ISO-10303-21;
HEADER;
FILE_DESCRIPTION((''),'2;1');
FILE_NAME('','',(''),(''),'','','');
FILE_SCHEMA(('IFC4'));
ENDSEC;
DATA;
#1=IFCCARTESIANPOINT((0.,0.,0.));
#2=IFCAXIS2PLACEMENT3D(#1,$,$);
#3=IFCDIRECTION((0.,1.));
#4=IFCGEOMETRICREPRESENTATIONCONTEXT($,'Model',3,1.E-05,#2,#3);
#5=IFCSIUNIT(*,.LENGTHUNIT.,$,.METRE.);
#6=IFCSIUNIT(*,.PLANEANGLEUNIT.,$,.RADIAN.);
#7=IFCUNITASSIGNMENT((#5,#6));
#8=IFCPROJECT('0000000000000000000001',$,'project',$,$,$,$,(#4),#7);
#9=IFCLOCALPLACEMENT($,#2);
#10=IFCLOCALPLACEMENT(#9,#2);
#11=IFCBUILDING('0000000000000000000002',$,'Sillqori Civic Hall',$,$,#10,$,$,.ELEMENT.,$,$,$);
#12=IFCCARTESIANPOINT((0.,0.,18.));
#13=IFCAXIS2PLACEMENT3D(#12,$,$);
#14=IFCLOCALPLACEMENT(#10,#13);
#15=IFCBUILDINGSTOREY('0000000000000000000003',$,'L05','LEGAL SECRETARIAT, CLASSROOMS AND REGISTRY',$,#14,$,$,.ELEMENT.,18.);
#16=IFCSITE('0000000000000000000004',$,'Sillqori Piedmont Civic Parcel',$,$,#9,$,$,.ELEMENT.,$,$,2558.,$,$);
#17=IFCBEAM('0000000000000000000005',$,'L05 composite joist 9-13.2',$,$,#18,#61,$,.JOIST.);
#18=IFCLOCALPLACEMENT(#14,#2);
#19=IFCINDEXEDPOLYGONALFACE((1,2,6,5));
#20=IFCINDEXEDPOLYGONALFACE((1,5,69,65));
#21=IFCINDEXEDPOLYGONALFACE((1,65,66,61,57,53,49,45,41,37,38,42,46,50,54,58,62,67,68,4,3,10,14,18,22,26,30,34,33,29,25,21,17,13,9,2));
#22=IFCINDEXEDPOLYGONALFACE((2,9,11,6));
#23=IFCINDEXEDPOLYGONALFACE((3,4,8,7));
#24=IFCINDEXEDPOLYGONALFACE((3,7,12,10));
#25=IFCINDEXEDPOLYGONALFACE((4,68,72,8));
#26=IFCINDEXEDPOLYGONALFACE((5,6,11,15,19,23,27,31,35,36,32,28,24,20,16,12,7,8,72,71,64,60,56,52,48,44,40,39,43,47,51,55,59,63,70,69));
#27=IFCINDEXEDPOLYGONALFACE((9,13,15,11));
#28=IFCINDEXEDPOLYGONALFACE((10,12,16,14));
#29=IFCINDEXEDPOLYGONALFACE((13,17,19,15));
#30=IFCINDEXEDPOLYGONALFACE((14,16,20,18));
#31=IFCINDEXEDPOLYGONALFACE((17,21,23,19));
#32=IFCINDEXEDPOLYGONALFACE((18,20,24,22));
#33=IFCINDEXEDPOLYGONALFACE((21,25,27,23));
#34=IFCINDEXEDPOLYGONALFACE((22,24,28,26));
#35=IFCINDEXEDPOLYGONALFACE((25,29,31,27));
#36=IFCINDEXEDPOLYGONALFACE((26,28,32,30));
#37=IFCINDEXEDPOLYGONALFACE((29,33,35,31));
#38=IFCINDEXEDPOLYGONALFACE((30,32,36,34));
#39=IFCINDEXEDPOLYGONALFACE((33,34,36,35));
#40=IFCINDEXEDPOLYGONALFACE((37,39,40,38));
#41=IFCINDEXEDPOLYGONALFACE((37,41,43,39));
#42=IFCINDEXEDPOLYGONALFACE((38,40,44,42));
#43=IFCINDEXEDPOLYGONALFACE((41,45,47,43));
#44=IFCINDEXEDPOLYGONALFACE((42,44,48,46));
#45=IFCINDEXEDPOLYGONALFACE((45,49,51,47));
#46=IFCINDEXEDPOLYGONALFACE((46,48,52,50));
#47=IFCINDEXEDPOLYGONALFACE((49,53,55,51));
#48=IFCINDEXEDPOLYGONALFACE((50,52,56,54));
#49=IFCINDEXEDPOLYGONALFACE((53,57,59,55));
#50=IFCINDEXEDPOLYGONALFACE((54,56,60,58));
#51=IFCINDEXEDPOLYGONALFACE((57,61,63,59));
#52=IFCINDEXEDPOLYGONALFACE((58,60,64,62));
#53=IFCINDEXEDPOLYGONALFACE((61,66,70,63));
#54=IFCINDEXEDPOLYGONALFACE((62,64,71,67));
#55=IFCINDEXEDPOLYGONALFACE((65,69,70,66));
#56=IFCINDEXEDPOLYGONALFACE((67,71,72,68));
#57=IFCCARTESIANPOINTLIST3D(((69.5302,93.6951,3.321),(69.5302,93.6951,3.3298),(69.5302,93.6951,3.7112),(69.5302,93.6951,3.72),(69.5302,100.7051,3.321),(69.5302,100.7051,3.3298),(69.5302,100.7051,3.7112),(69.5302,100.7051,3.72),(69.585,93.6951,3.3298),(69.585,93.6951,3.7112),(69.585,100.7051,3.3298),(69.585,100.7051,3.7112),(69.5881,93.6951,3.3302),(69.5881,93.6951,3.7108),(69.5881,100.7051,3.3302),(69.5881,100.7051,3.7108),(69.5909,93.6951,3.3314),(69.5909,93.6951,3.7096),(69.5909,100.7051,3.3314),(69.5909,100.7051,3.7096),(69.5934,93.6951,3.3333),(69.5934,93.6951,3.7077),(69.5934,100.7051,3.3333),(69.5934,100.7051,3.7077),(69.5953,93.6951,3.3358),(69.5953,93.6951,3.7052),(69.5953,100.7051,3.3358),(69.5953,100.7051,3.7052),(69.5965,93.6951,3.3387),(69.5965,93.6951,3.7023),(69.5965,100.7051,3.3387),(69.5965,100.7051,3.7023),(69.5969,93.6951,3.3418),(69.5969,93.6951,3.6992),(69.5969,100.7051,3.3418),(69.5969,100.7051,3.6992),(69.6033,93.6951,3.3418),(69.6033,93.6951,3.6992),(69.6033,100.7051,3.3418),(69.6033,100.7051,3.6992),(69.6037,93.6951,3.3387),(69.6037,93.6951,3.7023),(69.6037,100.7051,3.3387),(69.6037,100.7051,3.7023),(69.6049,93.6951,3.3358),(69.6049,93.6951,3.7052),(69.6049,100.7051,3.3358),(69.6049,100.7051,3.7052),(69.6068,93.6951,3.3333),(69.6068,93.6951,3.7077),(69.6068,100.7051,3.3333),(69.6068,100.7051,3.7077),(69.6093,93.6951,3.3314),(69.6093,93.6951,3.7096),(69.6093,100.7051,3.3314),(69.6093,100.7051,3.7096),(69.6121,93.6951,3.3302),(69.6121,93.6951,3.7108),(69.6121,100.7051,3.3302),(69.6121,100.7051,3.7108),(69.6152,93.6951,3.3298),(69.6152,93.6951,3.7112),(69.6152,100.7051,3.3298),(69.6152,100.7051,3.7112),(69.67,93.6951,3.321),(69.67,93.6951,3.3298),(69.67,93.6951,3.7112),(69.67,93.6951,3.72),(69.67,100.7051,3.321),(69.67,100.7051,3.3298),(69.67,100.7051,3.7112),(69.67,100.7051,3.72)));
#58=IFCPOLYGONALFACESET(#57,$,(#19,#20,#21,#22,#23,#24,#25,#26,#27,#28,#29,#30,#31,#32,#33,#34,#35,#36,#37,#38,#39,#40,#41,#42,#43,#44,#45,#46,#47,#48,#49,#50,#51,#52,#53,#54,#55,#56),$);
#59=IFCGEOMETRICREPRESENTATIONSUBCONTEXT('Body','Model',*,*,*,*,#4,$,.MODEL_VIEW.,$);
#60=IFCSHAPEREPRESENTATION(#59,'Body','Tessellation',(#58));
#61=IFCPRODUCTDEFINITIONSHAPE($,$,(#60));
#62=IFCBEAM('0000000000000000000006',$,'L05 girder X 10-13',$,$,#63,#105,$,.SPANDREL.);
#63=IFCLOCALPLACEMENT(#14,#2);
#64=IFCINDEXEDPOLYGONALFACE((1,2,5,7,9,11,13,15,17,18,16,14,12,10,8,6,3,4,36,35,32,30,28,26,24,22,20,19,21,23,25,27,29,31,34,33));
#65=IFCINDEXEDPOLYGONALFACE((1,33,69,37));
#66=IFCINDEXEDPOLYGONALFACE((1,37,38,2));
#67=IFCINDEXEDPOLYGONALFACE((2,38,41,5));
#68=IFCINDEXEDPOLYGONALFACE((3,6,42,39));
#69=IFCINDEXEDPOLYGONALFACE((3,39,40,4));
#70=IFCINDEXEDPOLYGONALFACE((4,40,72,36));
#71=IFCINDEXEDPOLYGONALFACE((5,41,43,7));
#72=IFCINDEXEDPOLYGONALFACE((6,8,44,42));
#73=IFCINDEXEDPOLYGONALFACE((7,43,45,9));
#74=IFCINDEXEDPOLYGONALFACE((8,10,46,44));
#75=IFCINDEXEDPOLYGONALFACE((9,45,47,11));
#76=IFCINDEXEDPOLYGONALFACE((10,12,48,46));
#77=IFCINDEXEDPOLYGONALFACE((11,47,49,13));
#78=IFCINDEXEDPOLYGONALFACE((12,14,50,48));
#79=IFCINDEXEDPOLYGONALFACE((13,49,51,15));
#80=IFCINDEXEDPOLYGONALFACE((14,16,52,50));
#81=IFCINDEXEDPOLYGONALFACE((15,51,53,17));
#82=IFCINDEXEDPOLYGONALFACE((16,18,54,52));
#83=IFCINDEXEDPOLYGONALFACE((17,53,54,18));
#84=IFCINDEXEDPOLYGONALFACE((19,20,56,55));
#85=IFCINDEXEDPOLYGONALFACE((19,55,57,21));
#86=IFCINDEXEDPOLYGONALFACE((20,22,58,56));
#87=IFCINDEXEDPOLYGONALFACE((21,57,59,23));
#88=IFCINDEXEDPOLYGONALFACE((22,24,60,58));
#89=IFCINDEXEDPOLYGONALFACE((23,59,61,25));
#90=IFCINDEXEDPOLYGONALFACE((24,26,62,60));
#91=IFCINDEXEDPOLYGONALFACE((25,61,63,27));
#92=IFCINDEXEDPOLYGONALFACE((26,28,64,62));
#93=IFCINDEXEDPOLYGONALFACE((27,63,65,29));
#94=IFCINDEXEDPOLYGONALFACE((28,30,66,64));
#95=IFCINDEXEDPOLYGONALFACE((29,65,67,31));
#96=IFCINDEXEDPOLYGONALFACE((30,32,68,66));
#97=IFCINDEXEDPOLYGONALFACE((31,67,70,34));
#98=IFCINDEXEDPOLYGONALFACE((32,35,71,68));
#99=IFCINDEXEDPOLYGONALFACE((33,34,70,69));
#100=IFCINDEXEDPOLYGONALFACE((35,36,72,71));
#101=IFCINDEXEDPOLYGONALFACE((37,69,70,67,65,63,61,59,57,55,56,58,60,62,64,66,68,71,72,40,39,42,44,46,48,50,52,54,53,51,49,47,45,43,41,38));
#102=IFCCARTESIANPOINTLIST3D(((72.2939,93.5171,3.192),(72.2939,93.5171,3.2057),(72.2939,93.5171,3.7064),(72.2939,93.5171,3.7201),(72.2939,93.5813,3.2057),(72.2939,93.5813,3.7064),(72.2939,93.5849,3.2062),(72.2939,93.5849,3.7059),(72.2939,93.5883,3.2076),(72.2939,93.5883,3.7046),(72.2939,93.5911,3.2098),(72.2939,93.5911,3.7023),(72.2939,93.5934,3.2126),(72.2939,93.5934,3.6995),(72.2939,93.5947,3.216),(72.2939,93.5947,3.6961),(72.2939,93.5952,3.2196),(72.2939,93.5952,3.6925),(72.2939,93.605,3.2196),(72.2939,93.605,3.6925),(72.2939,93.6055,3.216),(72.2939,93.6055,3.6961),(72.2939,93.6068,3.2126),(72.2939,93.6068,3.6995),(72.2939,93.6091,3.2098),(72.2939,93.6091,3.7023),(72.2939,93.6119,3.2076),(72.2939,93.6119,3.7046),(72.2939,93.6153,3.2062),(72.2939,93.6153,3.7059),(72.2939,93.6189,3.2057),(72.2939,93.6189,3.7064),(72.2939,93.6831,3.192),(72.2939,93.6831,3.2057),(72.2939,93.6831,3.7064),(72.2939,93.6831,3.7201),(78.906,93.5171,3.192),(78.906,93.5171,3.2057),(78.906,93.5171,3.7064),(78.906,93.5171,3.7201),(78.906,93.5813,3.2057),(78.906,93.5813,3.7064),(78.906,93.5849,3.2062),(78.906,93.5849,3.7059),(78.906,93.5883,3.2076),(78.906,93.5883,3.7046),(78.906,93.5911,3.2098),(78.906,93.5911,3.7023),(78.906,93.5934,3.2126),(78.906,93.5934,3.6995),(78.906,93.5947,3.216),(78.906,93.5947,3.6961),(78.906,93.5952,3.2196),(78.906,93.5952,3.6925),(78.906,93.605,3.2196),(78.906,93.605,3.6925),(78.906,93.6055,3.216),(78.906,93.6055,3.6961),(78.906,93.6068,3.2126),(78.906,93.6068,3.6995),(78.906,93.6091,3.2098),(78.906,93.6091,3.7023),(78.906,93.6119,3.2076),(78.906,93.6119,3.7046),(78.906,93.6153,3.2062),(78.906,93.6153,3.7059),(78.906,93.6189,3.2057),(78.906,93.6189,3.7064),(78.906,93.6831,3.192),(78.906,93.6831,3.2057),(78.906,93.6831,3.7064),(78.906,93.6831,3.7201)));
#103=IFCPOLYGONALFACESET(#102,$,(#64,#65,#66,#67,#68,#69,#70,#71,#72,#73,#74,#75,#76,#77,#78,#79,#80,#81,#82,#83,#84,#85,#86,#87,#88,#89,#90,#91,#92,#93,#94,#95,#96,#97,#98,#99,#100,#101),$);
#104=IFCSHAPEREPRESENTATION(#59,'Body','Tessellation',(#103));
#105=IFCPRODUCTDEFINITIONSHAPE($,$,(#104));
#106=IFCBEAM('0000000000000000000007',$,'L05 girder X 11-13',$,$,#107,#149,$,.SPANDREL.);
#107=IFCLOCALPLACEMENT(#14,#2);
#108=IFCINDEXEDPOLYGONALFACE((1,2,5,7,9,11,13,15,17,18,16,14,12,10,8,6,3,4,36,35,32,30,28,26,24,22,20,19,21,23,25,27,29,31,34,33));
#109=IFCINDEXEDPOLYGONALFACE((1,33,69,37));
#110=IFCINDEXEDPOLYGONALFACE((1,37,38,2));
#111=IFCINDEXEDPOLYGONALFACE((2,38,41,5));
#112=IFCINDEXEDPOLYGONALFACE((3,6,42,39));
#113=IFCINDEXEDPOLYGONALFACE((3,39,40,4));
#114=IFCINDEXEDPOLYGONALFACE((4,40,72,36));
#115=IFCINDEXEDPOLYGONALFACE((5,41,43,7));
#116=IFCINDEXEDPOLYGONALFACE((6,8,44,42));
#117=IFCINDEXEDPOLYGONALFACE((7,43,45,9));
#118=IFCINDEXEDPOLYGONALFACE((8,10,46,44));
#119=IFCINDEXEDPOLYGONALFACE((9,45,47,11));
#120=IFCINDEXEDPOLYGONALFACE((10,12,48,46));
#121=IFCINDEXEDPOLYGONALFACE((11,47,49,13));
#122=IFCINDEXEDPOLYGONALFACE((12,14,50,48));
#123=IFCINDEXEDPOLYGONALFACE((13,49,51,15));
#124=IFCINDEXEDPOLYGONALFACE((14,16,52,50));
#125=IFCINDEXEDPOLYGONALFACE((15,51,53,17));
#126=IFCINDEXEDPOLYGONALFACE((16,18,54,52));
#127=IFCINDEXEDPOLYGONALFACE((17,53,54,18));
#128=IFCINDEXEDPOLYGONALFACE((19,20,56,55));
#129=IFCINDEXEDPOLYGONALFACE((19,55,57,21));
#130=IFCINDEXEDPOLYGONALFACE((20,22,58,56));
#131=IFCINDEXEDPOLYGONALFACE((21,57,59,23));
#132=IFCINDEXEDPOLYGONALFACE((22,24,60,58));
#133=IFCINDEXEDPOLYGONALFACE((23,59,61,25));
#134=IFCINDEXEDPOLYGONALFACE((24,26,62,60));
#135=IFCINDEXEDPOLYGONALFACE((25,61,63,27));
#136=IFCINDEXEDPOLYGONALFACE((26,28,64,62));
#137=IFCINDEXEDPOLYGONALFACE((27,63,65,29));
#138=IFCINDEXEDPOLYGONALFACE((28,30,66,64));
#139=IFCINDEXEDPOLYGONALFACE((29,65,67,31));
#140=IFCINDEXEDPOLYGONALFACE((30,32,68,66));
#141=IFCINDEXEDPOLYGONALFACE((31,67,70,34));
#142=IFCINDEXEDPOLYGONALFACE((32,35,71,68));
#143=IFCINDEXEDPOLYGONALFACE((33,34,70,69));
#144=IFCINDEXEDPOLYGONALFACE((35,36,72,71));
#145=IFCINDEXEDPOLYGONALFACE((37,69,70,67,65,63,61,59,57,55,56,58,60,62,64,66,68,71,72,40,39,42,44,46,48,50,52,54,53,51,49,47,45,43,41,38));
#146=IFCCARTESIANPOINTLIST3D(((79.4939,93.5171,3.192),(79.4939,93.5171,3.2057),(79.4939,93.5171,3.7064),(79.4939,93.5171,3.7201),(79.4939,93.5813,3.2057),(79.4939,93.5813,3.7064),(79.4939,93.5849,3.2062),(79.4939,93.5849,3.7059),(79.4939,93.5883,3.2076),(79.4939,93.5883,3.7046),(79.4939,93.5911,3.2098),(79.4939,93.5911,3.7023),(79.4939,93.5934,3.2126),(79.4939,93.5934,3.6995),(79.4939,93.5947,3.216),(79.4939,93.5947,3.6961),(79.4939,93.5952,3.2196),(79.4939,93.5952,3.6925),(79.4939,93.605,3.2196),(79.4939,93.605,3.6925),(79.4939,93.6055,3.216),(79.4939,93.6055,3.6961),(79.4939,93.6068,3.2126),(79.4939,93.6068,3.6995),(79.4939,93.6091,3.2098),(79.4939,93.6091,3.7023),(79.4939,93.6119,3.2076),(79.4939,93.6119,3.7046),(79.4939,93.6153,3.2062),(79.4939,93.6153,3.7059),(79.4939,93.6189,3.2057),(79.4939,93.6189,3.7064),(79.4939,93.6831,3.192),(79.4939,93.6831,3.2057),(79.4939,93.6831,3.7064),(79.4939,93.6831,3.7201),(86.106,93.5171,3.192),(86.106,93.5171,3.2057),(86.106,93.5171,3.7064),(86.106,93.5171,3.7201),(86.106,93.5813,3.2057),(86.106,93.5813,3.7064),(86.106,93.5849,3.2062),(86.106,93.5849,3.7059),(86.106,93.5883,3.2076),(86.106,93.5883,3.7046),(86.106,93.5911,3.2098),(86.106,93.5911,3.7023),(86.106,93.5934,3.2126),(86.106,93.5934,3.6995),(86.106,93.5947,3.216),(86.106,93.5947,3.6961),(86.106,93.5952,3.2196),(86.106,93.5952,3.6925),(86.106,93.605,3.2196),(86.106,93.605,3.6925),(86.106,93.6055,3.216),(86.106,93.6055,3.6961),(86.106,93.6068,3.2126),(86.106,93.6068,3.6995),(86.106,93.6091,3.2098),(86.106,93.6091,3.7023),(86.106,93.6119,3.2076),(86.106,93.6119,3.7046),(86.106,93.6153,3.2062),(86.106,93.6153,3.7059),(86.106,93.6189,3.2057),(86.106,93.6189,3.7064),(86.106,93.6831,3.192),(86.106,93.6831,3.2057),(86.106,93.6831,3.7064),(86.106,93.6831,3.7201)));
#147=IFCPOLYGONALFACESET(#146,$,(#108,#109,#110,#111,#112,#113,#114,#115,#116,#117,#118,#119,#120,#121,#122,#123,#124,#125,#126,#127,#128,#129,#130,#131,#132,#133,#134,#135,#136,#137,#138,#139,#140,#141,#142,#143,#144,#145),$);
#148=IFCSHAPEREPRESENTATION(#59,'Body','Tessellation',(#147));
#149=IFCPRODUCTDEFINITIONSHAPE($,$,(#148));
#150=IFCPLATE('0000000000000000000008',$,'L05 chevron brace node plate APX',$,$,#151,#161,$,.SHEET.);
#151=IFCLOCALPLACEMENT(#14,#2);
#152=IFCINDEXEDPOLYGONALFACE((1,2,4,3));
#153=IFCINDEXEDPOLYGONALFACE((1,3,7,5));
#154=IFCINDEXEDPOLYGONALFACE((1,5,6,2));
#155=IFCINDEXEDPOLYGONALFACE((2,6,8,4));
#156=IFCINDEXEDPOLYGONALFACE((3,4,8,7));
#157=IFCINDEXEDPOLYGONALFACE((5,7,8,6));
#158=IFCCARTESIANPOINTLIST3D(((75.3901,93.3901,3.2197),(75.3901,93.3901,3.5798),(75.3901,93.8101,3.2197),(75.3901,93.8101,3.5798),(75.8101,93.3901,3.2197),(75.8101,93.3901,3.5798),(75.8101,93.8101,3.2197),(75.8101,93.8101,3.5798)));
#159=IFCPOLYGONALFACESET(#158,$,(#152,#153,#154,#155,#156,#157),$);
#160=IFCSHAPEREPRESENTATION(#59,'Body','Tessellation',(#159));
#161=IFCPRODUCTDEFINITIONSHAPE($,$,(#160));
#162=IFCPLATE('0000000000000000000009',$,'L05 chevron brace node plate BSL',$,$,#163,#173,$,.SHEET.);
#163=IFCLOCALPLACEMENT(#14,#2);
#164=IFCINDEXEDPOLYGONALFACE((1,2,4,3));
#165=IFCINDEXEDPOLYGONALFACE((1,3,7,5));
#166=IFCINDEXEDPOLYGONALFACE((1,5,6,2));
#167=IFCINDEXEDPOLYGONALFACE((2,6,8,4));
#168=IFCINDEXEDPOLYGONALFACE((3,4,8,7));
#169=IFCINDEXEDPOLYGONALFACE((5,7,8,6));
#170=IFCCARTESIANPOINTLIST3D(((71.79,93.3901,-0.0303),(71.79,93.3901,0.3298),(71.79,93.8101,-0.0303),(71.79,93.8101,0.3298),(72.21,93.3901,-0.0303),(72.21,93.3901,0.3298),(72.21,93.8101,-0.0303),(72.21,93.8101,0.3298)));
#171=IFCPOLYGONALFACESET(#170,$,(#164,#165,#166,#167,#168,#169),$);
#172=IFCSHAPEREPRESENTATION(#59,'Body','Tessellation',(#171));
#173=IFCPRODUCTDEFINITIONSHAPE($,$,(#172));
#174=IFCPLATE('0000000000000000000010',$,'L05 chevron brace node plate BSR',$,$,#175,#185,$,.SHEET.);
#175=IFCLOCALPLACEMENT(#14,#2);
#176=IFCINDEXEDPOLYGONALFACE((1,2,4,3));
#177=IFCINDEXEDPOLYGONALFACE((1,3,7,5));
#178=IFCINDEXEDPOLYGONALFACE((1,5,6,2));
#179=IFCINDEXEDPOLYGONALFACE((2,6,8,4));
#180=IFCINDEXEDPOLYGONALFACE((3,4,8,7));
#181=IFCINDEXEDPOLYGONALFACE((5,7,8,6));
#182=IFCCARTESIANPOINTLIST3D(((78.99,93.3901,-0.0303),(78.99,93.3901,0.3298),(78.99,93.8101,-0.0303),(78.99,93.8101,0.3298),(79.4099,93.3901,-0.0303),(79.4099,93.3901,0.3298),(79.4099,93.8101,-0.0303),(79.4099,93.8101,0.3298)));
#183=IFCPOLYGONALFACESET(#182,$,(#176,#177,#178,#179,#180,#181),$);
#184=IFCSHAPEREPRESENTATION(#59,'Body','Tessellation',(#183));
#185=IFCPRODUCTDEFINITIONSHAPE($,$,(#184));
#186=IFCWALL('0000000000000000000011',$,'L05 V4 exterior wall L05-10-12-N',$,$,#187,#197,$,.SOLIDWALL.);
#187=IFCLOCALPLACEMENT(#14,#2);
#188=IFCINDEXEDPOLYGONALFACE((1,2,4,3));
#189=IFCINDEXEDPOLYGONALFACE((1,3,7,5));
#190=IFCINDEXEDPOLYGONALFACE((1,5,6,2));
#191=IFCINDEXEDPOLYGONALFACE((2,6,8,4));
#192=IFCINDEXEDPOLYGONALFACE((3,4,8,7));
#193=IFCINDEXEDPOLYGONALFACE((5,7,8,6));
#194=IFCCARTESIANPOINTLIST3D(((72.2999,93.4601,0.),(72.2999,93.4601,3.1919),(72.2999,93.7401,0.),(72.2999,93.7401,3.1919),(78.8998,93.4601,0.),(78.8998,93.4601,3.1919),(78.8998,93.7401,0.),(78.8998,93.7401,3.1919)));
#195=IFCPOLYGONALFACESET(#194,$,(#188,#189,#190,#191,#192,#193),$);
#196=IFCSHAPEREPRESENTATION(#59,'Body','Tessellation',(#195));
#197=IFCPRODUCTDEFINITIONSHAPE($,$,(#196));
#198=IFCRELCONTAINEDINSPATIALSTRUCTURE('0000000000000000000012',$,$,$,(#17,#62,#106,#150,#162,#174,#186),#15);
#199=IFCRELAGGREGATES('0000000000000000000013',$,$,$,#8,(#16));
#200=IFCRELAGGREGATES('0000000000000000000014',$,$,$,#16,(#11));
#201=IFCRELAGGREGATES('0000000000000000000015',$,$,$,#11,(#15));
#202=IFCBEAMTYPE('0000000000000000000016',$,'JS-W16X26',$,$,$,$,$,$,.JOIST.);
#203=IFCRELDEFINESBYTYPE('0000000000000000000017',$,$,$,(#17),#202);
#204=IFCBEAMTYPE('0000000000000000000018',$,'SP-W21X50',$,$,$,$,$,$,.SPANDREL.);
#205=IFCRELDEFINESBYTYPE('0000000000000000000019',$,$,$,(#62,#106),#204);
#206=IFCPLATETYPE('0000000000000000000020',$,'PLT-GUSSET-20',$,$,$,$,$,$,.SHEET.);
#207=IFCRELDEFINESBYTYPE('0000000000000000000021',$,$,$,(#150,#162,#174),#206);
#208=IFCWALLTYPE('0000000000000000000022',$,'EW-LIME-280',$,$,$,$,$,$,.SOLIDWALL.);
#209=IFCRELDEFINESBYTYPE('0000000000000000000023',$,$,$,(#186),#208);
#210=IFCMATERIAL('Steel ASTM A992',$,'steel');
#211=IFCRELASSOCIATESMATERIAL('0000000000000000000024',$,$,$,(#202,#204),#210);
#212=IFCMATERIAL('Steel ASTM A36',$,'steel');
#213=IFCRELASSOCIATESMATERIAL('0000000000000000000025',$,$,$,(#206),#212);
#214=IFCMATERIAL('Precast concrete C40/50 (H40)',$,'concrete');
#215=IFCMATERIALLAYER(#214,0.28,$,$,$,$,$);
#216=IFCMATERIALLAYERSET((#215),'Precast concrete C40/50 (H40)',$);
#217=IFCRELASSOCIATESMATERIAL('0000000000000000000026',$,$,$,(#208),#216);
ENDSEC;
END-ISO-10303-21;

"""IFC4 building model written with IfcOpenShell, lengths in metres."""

from ifc_helpers import new_model, si_unit, direction, frame, frame_2d, origin, origin_2d, place, context, subcontext, project, spatial, rectangle, i_section, extrude, material, layer, layer_set, material_profile, profile_set, type_object, element, save


model = new_model("IFC4")

# Units and contexts
model_context = context("Model", 3, precision=1e-05, world=origin(), true_north=direction((0.0, 1.0)))
body_context = subcontext(model_context, "Body", "Model", "MODEL_VIEW")
ifc_project = project(units=[si_unit("LENGTHUNIT", "METRE"), si_unit("PLANEANGLEUNIT", "RADIAN")], contexts=[model_context])

# Site, building, storey
site_placement = place(None, origin())
site = spatial("IfcSite", under=ifc_project, at=site_placement, Name="Sillqori Piedmont Civic Parcel", CompositionType="ELEMENT", RefElevation=2558.0)
building_placement = place(site_placement, origin())
building = spatial("IfcBuilding", under=site, at=building_placement, Name="Sillqori Civic Hall", CompositionType="ELEMENT")
storey_placement = place(building_placement, frame((0.0, 0.0, 18.0)))
storey = spatial("IfcBuildingStorey", under=building, at=storey_placement, Name="L05", Description="LEGAL SECRETARIAT, CLASSROOMS AND REGISTRY", CompositionType="ELEMENT", Elevation=18.0)

# Beams
ifc_material_1 = material(Name="Steel ASTM A992", Category="steel")
ifc_material_profile_1 = material_profile(ifc_material_1, i_section(OverallWidth=0.1399, OverallDepth=0.3989, WebThickness=0.0063, FlangeThickness=0.0088, FilletRadius=0.012, at=origin_2d()), Name="W16X26")
ifc_profile_set_1 = profile_set([ifc_material_profile_1], Name="Steel ASTM A992")
beam_type_1 = type_object("IfcBeamType", Name="JS-W16X26", PredefinedType="JOIST", material=ifc_profile_set_1)
beam_placement = place(storey_placement, frame((69.6001, 93.6951, 3.5205), z_axis=(0.0, 1.0, 0.0), x_axis=(-1.0, 0.0, 0.0)))
element("IfcBeam", 1, at=beam_placement, inside=storey, type_object=beam_type_1, Name="L05 composite joist 9-13.2", PredefinedType="JOIST", context=body_context, shape_type="SweptSolid", body=[
    extrude(i_section(OverallWidth=0.1399, OverallDepth=0.3989, WebThickness=0.0063, FlangeThickness=0.0088, FilletRadius=0.012, at=origin_2d()), origin(), (0.0, 0.0, 1.0), 7.01),
])
ifc_material_profile_2 = material_profile(ifc_material_1, i_section(OverallWidth=0.166, OverallDepth=0.5281, WebThickness=0.0098, FlangeThickness=0.0137, FilletRadius=0.0139, at=origin_2d()), Name="W21X50")
ifc_profile_set_2 = profile_set([ifc_material_profile_2], Name="Steel ASTM A992")
beam_type_2 = type_object("IfcBeamType", Name="SP-W21X50", PredefinedType="SPANDREL", material=ifc_profile_set_2)
for number, where, z_axis, x_axis, name in (
    (2, (72.2939, 93.6001, 3.4561), (1.0, 0.0, 0.0), (0.0, 1.0, 0.0), "L05 girder X 10-13"),
    (3, (79.4939, 93.6001, 3.4561), (1.0, 0.0, 0.0), (0.0, 1.0, 0.0), "L05 girder X 11-13"),
):
    element("IfcBeam", number, at=place(storey_placement, frame(where, z_axis=z_axis, x_axis=x_axis)), inside=storey, type_object=beam_type_2, Name=name, PredefinedType="SPANDREL", context=body_context, shape_type="SweptSolid", body=[
        extrude(i_section(OverallWidth=0.166, OverallDepth=0.5281, WebThickness=0.0098, FlangeThickness=0.0137, FilletRadius=0.0139, at=origin_2d()), origin(), (0.0, 0.0, 1.0), 6.6121),
    ])

# Plates
ifc_material_2 = material(Name="Steel ASTM A36", Category="steel")
plate_type = type_object("IfcPlateType", Name="PLT-GUSSET-20", PredefinedType="SHEET", material=ifc_material_2)
for number, where, z_axis, x_axis, name in (
    (4, (75.6001, 93.6001, 3.2197), (0.0, 0.0, 1.0), (1.0, 0.0, 0.0), "L05 chevron brace node plate APX"),
    (5, (72.0, 93.6001, -0.0303), (0.0, 0.0, 1.0), (1.0, 0.0, 0.0), "L05 chevron brace node plate BSL"),
    (6, (79.2, 93.6001, -0.0303), (0.0, 0.0, 1.0), (1.0, 0.0, 0.0), "L05 chevron brace node plate BSR"),
):
    element("IfcPlate", number, at=place(storey_placement, frame(where, z_axis=z_axis, x_axis=x_axis)), inside=storey, type_object=plate_type, Name=name, PredefinedType="SHEET", context=body_context, shape_type="SweptSolid", body=[
        extrude(rectangle(XDim=0.4199, YDim=0.4199, at=origin_2d()), origin(), (0.0, 0.0, 1.0), 0.3601),
    ])

# Wall
ifc_material_3 = material(Name="Precast concrete C40/50 (H40)", Category="concrete")
ifc_layer = layer(ifc_material_3, 0.28)
ifc_layer_set = layer_set([ifc_layer], Name="Precast concrete C40/50 (H40)")
wall_type = type_object("IfcWallType", Name="EW-LIME-280", PredefinedType="SOLIDWALL", material=ifc_layer_set)
wall_placement = place(storey_placement, frame((72.3, 93.6001, 0.0), z_axis=(0.0, 0.0, 1.0), x_axis=(1.0, 0.0, 0.0)))
element("IfcWall", 7, at=wall_placement, inside=storey, type_object=wall_type, Name="L05 V4 exterior wall L05-10-12-N", PredefinedType="SOLIDWALL", context=body_context, shape_type="SweptSolid", body=[
    extrude(rectangle(XDim=6.5999, YDim=0.28, at=frame_2d((3.2998, 0.0))), origin(), (0.0, 0.0, 1.0), 3.1919),
])

save(model, "model.ifc")
